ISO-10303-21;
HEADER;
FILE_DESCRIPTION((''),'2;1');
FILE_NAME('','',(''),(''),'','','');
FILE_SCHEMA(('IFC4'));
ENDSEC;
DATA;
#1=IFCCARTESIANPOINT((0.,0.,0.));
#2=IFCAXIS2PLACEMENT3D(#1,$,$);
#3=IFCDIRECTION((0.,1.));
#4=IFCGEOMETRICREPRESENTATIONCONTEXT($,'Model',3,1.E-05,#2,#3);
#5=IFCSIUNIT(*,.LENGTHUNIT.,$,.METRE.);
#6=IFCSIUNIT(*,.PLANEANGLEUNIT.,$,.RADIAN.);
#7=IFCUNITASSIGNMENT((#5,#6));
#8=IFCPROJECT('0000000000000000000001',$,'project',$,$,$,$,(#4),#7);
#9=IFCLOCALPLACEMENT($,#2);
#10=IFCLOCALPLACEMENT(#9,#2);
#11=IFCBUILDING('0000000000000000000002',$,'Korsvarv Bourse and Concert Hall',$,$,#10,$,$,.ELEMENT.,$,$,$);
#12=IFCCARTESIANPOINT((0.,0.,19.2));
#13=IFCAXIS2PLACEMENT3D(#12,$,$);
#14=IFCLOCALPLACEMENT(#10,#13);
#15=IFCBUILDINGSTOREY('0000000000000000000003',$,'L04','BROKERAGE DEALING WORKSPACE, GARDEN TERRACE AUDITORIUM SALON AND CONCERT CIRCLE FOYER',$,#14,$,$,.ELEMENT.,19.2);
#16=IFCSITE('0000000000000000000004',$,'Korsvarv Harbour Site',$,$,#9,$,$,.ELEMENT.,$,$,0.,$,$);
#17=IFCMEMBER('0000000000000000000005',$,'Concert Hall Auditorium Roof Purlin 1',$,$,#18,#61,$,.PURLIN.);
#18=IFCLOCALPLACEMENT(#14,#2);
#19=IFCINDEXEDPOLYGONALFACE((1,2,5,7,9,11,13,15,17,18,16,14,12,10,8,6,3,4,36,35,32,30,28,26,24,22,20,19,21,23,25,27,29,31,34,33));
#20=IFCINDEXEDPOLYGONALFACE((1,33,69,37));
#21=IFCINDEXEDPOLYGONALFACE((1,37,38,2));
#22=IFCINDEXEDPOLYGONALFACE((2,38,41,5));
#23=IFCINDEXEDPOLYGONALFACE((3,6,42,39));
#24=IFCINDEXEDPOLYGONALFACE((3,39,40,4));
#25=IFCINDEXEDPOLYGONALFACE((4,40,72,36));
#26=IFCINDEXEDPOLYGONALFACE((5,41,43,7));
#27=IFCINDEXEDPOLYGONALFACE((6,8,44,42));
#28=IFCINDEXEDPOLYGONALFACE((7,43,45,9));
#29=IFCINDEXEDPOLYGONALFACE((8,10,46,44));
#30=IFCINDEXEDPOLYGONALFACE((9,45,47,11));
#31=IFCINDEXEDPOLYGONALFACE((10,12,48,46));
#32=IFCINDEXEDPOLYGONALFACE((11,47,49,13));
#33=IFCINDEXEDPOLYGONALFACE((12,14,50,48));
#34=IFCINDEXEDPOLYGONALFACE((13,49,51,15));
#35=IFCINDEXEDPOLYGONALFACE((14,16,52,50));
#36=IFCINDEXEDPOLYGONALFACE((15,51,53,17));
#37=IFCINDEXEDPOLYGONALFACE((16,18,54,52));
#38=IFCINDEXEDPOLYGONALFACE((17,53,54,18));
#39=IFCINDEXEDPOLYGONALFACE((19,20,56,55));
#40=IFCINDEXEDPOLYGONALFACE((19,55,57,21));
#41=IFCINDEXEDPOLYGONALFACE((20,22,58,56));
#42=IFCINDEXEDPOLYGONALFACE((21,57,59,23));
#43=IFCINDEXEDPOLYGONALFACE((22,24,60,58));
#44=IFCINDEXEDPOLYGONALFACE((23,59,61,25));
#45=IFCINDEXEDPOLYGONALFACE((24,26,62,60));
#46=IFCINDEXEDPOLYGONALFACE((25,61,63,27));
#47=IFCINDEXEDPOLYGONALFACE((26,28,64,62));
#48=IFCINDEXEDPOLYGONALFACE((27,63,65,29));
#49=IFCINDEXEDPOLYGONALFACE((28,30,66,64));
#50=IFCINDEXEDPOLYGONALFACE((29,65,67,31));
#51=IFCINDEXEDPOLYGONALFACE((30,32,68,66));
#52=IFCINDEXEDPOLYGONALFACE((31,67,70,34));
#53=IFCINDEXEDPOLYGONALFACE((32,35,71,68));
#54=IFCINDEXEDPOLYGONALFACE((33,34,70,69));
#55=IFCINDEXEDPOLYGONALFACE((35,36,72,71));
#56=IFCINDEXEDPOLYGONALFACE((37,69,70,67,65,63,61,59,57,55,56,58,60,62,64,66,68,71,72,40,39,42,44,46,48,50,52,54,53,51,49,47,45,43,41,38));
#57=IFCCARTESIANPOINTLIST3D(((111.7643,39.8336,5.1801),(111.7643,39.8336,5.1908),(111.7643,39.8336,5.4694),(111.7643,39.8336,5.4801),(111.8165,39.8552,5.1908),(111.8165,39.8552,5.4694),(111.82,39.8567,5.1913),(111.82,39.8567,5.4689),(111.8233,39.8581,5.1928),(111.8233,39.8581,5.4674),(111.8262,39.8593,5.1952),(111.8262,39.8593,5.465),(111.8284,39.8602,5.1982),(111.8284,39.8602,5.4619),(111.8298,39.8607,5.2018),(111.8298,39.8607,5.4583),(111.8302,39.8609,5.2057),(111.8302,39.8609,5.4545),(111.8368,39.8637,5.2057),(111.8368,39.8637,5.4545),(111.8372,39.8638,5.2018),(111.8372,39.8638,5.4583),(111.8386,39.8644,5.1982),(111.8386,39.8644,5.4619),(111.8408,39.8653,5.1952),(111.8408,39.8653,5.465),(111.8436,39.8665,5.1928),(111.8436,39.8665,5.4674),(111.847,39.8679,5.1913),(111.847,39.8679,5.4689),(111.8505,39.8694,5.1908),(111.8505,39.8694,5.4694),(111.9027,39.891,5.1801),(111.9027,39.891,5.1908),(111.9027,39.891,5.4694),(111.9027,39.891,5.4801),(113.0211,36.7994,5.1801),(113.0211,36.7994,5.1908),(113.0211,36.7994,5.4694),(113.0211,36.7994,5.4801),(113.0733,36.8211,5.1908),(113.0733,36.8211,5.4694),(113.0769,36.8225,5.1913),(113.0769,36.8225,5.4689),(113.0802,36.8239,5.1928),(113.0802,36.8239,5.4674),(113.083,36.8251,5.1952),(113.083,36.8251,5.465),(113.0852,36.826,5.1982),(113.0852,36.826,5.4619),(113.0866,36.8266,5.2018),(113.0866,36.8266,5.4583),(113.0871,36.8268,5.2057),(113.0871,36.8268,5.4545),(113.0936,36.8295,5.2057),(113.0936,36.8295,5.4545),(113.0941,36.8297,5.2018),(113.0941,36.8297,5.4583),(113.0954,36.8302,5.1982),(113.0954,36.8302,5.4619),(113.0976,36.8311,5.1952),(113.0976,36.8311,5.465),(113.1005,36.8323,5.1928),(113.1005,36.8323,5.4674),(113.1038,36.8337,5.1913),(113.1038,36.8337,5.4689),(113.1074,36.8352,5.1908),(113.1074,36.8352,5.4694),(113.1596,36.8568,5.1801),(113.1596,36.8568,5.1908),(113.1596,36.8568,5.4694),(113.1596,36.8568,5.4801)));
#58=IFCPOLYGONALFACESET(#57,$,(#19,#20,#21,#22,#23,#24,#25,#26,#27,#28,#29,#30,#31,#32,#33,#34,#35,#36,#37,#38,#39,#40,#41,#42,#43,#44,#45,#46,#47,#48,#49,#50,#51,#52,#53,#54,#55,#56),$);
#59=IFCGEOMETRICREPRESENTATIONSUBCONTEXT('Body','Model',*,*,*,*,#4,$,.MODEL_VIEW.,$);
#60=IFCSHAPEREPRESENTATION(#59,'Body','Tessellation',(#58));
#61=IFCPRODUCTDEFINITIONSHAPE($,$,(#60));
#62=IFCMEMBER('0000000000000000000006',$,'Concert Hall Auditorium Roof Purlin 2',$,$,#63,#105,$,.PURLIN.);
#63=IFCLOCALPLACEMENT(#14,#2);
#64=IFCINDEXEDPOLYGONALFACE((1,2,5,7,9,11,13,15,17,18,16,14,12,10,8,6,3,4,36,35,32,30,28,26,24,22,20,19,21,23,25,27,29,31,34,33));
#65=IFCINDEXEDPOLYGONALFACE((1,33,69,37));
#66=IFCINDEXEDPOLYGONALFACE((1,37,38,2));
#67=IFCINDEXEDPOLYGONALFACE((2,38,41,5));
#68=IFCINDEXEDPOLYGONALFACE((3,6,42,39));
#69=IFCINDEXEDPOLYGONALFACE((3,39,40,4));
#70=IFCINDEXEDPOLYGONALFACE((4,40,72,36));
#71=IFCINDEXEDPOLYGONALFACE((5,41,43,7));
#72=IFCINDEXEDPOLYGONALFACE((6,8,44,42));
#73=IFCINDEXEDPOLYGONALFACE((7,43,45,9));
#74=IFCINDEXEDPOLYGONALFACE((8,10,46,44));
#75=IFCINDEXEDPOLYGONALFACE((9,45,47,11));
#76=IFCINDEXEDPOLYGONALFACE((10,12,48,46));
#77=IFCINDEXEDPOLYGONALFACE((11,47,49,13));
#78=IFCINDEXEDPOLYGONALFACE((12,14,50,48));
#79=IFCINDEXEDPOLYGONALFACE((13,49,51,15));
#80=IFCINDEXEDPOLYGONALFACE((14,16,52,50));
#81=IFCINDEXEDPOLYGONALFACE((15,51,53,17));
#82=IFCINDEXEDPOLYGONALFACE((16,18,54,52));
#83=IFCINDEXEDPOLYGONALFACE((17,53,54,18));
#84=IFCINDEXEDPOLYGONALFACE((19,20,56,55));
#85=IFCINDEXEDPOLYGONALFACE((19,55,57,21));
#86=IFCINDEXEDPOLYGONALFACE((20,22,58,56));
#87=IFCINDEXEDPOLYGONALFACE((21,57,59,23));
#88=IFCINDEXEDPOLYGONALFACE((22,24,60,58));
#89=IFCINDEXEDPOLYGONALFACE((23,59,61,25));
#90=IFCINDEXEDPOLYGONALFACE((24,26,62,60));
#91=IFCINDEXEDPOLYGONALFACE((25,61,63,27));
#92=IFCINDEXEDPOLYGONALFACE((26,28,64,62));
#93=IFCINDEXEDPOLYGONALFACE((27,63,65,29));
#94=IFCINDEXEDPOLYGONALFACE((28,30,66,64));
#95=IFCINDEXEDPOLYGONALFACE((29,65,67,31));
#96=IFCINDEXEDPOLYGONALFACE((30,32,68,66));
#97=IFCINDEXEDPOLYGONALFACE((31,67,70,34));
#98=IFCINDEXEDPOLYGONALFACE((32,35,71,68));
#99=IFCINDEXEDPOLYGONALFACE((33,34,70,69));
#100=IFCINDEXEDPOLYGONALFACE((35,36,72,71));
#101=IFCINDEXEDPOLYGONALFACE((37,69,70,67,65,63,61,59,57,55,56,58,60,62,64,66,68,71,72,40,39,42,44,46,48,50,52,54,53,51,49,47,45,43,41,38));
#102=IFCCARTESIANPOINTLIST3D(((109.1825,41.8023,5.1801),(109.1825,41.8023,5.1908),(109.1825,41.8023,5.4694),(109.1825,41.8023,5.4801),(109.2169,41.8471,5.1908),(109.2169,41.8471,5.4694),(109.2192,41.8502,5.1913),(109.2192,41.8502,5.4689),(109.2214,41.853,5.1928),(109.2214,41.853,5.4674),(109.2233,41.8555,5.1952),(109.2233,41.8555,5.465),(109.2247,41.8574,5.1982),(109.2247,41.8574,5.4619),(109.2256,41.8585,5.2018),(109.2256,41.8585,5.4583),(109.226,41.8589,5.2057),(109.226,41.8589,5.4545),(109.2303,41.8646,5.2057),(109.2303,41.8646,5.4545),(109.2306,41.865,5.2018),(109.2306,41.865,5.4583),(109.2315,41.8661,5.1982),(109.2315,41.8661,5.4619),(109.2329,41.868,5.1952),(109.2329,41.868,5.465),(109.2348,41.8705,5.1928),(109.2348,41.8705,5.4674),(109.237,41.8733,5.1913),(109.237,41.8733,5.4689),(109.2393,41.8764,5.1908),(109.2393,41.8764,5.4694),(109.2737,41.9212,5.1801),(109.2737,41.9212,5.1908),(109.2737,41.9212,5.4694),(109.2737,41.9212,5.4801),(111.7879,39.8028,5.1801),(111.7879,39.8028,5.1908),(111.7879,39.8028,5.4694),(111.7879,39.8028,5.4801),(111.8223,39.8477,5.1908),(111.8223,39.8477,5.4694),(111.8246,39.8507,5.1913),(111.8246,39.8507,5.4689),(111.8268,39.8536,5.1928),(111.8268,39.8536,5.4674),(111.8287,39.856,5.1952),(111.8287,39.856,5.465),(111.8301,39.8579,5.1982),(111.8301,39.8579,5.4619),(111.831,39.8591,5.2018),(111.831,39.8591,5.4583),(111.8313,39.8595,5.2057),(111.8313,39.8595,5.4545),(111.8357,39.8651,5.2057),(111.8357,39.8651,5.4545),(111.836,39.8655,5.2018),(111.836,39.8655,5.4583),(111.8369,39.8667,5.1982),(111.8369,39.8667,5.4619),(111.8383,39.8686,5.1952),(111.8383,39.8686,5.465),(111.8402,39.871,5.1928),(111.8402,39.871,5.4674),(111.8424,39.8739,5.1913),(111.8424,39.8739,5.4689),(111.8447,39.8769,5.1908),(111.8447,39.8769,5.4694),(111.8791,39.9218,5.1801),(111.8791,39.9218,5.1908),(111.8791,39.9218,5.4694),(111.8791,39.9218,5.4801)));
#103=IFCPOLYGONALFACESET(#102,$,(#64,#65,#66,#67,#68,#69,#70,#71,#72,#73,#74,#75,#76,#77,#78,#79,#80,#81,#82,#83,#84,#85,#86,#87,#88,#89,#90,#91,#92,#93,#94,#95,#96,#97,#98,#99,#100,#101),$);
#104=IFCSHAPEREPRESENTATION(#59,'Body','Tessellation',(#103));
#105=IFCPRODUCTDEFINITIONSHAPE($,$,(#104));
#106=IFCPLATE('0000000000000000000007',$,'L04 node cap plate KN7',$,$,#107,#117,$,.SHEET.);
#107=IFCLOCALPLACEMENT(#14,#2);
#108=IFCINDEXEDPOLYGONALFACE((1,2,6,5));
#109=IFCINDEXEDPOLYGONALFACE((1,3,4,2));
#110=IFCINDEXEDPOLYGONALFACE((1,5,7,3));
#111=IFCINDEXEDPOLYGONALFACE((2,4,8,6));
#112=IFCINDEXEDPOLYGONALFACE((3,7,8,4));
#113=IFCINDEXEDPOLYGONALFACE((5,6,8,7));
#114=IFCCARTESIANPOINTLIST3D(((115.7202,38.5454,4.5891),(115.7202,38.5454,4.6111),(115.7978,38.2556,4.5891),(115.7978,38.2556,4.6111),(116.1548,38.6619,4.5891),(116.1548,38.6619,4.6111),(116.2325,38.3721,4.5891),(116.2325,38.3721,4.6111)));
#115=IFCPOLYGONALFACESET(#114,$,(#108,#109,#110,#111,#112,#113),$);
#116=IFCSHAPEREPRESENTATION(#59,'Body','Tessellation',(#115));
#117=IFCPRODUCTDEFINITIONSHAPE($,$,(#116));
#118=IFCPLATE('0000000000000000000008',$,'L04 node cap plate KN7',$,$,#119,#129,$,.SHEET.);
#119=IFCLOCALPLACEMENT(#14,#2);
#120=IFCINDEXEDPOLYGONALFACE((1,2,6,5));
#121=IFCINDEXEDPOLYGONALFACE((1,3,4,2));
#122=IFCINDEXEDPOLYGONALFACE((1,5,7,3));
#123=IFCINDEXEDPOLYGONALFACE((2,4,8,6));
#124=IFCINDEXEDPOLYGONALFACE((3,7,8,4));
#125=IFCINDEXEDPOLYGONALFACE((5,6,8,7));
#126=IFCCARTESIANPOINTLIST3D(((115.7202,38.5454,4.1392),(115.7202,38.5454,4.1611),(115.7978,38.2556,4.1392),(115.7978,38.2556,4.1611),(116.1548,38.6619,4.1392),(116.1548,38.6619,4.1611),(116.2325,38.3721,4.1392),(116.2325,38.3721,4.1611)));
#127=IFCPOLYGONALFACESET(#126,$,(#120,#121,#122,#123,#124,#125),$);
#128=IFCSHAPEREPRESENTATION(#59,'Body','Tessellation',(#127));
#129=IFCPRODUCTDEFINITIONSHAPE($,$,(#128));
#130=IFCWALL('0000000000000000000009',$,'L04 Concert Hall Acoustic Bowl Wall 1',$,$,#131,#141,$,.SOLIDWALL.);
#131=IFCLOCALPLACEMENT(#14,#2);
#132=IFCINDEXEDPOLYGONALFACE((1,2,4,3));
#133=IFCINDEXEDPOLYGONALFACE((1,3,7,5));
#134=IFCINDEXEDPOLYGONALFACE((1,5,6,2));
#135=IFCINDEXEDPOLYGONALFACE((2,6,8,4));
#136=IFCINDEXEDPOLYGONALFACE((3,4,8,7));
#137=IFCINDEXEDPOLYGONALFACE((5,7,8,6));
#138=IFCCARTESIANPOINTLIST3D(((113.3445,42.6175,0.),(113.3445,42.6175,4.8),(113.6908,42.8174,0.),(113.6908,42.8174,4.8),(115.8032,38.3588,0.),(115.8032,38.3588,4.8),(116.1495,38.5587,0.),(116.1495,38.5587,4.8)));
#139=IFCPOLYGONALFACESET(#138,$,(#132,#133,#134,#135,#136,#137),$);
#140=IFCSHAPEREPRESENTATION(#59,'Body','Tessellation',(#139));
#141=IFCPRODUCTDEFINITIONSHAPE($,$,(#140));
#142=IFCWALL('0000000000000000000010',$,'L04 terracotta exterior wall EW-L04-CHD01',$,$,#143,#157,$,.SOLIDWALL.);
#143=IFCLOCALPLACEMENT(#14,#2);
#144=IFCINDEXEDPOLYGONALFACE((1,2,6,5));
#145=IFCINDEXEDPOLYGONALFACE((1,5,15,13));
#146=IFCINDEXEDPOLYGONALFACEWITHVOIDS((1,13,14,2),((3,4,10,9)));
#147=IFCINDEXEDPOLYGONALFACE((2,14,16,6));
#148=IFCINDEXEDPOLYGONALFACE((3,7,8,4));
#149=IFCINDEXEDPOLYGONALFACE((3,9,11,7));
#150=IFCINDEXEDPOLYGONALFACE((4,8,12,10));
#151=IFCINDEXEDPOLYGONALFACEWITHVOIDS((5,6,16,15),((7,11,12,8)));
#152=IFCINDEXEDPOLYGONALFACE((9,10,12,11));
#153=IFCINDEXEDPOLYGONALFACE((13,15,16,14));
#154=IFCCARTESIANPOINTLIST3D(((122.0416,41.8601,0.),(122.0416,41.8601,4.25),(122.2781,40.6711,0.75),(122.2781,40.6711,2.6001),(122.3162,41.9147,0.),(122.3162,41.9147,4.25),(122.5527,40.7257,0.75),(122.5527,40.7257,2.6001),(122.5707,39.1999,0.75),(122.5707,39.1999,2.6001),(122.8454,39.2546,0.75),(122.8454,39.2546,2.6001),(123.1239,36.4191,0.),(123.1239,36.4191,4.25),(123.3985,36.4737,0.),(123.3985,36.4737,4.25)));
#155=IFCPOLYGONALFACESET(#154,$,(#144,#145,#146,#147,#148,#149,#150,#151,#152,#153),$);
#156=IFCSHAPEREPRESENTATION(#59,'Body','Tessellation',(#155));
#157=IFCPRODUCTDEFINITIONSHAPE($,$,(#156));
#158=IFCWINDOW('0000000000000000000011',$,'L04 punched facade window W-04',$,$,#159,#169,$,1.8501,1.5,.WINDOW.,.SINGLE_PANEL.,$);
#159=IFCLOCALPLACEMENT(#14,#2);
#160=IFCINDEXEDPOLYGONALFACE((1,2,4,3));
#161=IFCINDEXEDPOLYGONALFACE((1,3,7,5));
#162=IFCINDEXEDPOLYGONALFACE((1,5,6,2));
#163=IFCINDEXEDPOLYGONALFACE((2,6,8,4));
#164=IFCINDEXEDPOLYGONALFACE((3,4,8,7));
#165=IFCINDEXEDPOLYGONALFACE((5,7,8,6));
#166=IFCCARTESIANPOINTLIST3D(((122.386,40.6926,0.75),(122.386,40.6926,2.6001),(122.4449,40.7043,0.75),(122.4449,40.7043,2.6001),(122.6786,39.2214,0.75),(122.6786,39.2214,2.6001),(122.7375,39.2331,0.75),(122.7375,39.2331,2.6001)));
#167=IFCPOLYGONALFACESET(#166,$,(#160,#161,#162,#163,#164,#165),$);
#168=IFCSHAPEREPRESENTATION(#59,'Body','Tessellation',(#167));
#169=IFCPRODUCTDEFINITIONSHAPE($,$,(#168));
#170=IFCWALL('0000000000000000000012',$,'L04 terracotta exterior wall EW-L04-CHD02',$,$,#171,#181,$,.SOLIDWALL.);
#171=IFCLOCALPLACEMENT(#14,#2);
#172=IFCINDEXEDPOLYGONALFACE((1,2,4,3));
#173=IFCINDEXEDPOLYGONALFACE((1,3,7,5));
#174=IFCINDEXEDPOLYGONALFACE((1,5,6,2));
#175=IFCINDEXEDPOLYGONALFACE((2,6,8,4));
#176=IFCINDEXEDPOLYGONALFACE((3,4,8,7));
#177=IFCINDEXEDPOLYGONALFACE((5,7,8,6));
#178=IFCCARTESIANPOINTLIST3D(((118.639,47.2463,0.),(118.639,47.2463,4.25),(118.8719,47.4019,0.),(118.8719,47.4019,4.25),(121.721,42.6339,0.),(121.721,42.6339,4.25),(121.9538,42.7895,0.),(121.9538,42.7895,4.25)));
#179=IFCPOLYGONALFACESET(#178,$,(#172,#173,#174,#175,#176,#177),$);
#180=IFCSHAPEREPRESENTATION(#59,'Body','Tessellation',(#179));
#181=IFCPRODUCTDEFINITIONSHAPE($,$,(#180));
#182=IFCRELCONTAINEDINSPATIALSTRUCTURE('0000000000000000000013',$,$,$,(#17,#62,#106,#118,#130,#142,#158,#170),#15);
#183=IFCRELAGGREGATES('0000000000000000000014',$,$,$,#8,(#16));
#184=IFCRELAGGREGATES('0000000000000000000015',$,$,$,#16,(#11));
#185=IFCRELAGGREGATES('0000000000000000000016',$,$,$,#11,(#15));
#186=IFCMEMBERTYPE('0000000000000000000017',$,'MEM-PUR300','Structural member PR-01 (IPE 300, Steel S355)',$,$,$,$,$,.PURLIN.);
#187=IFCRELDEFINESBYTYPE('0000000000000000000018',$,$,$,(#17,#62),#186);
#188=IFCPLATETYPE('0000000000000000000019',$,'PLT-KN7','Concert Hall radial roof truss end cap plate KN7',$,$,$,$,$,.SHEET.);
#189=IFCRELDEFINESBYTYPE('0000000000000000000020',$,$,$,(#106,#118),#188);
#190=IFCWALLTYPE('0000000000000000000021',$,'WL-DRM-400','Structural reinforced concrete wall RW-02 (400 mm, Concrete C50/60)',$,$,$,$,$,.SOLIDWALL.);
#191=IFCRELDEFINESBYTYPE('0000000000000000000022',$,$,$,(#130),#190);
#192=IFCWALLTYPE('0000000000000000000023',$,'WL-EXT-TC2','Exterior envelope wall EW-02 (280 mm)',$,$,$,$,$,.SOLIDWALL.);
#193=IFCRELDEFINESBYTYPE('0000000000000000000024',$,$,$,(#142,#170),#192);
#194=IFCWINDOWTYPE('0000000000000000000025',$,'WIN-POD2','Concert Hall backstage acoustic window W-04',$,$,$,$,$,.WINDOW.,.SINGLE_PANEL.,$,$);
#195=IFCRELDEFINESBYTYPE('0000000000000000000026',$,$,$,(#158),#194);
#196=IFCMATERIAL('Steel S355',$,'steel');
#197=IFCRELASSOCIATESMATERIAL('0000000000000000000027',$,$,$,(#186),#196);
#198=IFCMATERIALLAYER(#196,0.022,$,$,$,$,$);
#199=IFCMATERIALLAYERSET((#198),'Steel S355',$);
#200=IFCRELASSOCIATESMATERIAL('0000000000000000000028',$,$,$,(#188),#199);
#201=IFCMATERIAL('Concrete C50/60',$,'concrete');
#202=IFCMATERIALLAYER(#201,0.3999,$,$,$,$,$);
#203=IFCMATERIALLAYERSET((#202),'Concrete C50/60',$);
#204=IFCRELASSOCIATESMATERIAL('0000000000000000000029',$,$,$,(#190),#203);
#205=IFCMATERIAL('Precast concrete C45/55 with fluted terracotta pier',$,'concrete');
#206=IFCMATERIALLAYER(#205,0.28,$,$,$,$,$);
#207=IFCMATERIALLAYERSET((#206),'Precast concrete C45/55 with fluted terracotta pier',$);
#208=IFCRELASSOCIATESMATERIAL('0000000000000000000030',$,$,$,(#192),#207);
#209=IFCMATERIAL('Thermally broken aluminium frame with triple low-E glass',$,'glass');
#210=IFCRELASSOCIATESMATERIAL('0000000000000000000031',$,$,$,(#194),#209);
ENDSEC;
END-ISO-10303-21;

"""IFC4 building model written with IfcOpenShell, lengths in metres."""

from ifc_helpers import new_model, si_unit, direction, frame, frame_2d, origin, origin_2d, place, context, subcontext, project, spatial, rectangle, i_section, extrude, source, transform, mapped, material, layer, layer_set, material_profile, profile_set, type_object, element, fill, save


model = new_model("IFC4")

# Units and contexts
model_context = context("Model", 3, precision=1e-05, world=origin(), true_north=direction((0.0, 1.0)))
body_context = subcontext(model_context, "Body", "Model", "MODEL_VIEW")
ifc_project = project(units=[si_unit("LENGTHUNIT", "METRE"), si_unit("PLANEANGLEUNIT", "RADIAN")], contexts=[model_context])

# Site, building, storey
site_placement = place(None, origin())
site = spatial("IfcSite", under=ifc_project, at=site_placement, Name="Korsvarv Harbour Site", CompositionType="ELEMENT", RefElevation=0.0)
building_placement = place(site_placement, origin())
building = spatial("IfcBuilding", under=site, at=building_placement, Name="Korsvarv Bourse and Concert Hall", CompositionType="ELEMENT")
storey_placement = place(building_placement, frame((0.0, 0.0, 19.2)))
storey = spatial("IfcBuildingStorey", under=building, at=storey_placement, Name="L04", Description="BROKERAGE DEALING WORKSPACE, GARDEN TERRACE AUDITORIUM SALON AND CONCERT CIRCLE FOYER", CompositionType="ELEMENT", Elevation=19.2)

# Shared definitions
ifc_material_1 = material(Name="Concrete C50/60", Category="concrete")

# Shared definitions
ifc_material_2 = material(Name="Steel S355", Category="steel")

# Members
ifc_material_profile_1 = material_profile(ifc_material_2, i_section(OverallWidth=0.1499, OverallDepth=0.3, WebThickness=0.0071, FlangeThickness=0.0107, FilletRadius=0.0149, at=origin_2d()), Name="IPE 300")
ifc_profile_set_1 = profile_set([ifc_material_profile_1], Name="Steel S355")
member_type_1 = type_object("IfcMemberType", Name="MEM-PUR300", Description="Structural member PR-01 (IPE 300, Steel S355)", PredefinedType="PURLIN", material=ifc_profile_set_1)
shared_shape_1 = source(origin(), body_context, "Body", "SweptSolid", [
    extrude(i_section(OverallWidth=0.1499, OverallDepth=0.3, WebThickness=0.0071, FlangeThickness=0.0107, FilletRadius=0.0149, at=origin_2d()), origin(), (0.0, 0.0, 1.0), 3.2842),
])
for number, where, z_axis, x_axis, name in (
    (1, (113.0903, 36.8281, 5.3301), (-0.382693, 0.923875, 0.0), (-0.923875, -0.382693, 0.0), "Concert Hall Auditorium Roof Purlin 1"),
    (2, (111.8335, 39.8623, 5.3301), (-0.793314, 0.608812, 0.0), (-0.608812, -0.793314, 0.0), "Concert Hall Auditorium Roof Purlin 2"),
):
    element("IfcMember", number, at=place(storey_placement, frame(where, z_axis=z_axis, x_axis=x_axis)), inside=storey, type_object=member_type_1, Name=name, PredefinedType="PURLIN", context=body_context, shape_type="MappedRepresentation", body=[
        mapped(shared_shape_1, transform((0.0, 0.0, 0.0), scale=1.0)),
    ])

# Plates
ifc_layer_1 = layer(ifc_material_2, 0.022)
ifc_layer_set_1 = layer_set([ifc_layer_1], Name="Steel S355")
plate_type = type_object("IfcPlateType", Name="PLT-KN7", Description="Concert Hall radial roof truss end cap plate KN7", PredefinedType="SHEET", material=ifc_layer_set_1)
shared_shape_2 = source(origin(), body_context, "Body", "SweptSolid", [
    extrude(rectangle(XDim=0.45, YDim=0.3, at=origin_2d()), origin(), (0.0, 0.0, 1.0), 0.022),
])
for number, where, z_axis, x_axis, name in (
    (3, (115.9763, 38.4587, 4.5891), (0.0, 0.0, 1.0), (0.965926, 0.258819, 0.0), "L04 node cap plate KN7"),
    (4, (115.9763, 38.4587, 4.1392), (0.0, 0.0, 1.0), (0.965926, 0.258819, 0.0), "L04 node cap plate KN7"),
):
    element("IfcPlate", number, at=place(storey_placement, frame(where, z_axis=z_axis, x_axis=x_axis)), inside=storey, type_object=plate_type, Name=name, PredefinedType="SHEET", context=body_context, shape_type="MappedRepresentation", body=[
        mapped(shared_shape_2, transform((0.0, 0.0, 0.0), scale=1.0)),
    ])

# Wall
ifc_layer_2 = layer(ifc_material_1, 0.3999)
ifc_layer_set_2 = layer_set([ifc_layer_2], Name="Concrete C50/60")
wall_type_1 = type_object("IfcWallType", Name="WL-DRM-400", Description="Structural reinforced concrete wall RW-02 (400 mm, Concrete C50/60)", PredefinedType="SOLIDWALL", material=ifc_layer_set_2)
wall_1_placement = place(storey_placement, frame((115.9763, 38.4587, 0.0), z_axis=(0.0, 0.0, 1.0), x_axis=(-0.499989, 0.866032, 0.0)))
element("IfcWall", 5, at=wall_1_placement, inside=storey, type_object=wall_type_1, Name="L04 Concert Hall Acoustic Bowl Wall 1", PredefinedType="SOLIDWALL", context=body_context, shape_type="SweptSolid", body=[
    extrude(rectangle(XDim=4.9175, YDim=0.3999, at=frame_2d((2.4587, 0.0))), origin(), (0.0, 0.0, 1.0), 4.8),
])

# Wall, opening, window
ifc_material_3 = material(Name="Precast concrete C45/55 with fluted terracotta pier", Category="concrete")
ifc_layer_3 = layer(ifc_material_3, 0.28)
ifc_layer_set_3 = layer_set([ifc_layer_3], Name="Precast concrete C45/55 with fluted terracotta pier")
wall_type_2 = type_object("IfcWallType", Name="WL-EXT-TC2", Description="Exterior envelope wall EW-02 (280 mm)", PredefinedType="SOLIDWALL", material=ifc_layer_set_3)
wall_2_placement = place(storey_placement, frame((123.2612, 36.4463, 0.0), z_axis=(0.0, 0.0, 1.0), x_axis=(-0.195092, 0.980785, 0.0)))
wall_2 = element("IfcWall", 6, at=wall_2_placement, inside=storey, type_object=wall_type_2, Name="L04 terracotta exterior wall EW-L04-CHD01", PredefinedType="SOLIDWALL", context=body_context, shape_type="SweptSolid", body=[
    extrude(rectangle(XDim=5.5476, YDim=0.28, at=frame_2d((2.7739, 0.0))), origin(), (0.0, 0.0, 1.0), 4.25),
])
opening_placement = place(wall_2_placement, frame((2.8354, 0.0, 0.75)))
opening = element("IfcOpeningElement", 7, at=opening_placement, cuts=wall_2, PredefinedType="OPENING", context=body_context, shape_type="SweptSolid", body=[
    extrude(rectangle(XDim=1.5, YDim=1.8501, at=frame_2d((0.75, 0.925))), frame((0.0, 0.1499, 0.0), z_axis=(0.0, -1.0, 0.0), x_axis=(1.0, 0.0, 0.0)), (0.0, 0.0, 1.0), 0.3),
])
ifc_material_4 = material(Name="Thermally broken aluminium frame with triple low-E glass", Category="glass")
window_type = type_object("IfcWindowType", Name="WIN-POD2", Description="Concert Hall backstage acoustic window W-04", PartitioningType="SINGLE_PANEL", PredefinedType="WINDOW", material=ifc_material_4)
window_placement = place(opening_placement, origin())
window = element("IfcWindow", 8, at=window_placement, inside=storey, type_object=window_type, Name="L04 punched facade window W-04", OverallHeight=1.8501, OverallWidth=1.5, PartitioningType="SINGLE_PANEL", PredefinedType="WINDOW", context=body_context, shape_type="SweptSolid", body=[
    extrude(rectangle(XDim=1.5, YDim=1.8501, at=frame_2d((0.75, 0.925))), frame((0.0, 0.03, 0.0), z_axis=(0.0, -1.0, 0.0), x_axis=(1.0, 0.0, 0.0)), (0.0, 0.0, 1.0), 0.0601),
])
fill(opening, window)

# Wall
wall_3_placement = place(storey_placement, frame((121.8374, 42.7117, 0.0), z_axis=(0.0, 0.0, 1.0), x_axis=(-0.555573, 0.831468, 0.0)))
element("IfcWall", 9, at=wall_3_placement, inside=storey, type_object=wall_type_2, Name="L04 terracotta exterior wall EW-L04-CHD02", PredefinedType="SOLIDWALL", context=body_context, shape_type="SweptSolid", body=[
    extrude(rectangle(XDim=5.5474, YDim=0.28, at=frame_2d((2.7737, 0.0))), origin(), (0.0, 0.0, 1.0), 4.25),
])

save(model, "model.ifc")
